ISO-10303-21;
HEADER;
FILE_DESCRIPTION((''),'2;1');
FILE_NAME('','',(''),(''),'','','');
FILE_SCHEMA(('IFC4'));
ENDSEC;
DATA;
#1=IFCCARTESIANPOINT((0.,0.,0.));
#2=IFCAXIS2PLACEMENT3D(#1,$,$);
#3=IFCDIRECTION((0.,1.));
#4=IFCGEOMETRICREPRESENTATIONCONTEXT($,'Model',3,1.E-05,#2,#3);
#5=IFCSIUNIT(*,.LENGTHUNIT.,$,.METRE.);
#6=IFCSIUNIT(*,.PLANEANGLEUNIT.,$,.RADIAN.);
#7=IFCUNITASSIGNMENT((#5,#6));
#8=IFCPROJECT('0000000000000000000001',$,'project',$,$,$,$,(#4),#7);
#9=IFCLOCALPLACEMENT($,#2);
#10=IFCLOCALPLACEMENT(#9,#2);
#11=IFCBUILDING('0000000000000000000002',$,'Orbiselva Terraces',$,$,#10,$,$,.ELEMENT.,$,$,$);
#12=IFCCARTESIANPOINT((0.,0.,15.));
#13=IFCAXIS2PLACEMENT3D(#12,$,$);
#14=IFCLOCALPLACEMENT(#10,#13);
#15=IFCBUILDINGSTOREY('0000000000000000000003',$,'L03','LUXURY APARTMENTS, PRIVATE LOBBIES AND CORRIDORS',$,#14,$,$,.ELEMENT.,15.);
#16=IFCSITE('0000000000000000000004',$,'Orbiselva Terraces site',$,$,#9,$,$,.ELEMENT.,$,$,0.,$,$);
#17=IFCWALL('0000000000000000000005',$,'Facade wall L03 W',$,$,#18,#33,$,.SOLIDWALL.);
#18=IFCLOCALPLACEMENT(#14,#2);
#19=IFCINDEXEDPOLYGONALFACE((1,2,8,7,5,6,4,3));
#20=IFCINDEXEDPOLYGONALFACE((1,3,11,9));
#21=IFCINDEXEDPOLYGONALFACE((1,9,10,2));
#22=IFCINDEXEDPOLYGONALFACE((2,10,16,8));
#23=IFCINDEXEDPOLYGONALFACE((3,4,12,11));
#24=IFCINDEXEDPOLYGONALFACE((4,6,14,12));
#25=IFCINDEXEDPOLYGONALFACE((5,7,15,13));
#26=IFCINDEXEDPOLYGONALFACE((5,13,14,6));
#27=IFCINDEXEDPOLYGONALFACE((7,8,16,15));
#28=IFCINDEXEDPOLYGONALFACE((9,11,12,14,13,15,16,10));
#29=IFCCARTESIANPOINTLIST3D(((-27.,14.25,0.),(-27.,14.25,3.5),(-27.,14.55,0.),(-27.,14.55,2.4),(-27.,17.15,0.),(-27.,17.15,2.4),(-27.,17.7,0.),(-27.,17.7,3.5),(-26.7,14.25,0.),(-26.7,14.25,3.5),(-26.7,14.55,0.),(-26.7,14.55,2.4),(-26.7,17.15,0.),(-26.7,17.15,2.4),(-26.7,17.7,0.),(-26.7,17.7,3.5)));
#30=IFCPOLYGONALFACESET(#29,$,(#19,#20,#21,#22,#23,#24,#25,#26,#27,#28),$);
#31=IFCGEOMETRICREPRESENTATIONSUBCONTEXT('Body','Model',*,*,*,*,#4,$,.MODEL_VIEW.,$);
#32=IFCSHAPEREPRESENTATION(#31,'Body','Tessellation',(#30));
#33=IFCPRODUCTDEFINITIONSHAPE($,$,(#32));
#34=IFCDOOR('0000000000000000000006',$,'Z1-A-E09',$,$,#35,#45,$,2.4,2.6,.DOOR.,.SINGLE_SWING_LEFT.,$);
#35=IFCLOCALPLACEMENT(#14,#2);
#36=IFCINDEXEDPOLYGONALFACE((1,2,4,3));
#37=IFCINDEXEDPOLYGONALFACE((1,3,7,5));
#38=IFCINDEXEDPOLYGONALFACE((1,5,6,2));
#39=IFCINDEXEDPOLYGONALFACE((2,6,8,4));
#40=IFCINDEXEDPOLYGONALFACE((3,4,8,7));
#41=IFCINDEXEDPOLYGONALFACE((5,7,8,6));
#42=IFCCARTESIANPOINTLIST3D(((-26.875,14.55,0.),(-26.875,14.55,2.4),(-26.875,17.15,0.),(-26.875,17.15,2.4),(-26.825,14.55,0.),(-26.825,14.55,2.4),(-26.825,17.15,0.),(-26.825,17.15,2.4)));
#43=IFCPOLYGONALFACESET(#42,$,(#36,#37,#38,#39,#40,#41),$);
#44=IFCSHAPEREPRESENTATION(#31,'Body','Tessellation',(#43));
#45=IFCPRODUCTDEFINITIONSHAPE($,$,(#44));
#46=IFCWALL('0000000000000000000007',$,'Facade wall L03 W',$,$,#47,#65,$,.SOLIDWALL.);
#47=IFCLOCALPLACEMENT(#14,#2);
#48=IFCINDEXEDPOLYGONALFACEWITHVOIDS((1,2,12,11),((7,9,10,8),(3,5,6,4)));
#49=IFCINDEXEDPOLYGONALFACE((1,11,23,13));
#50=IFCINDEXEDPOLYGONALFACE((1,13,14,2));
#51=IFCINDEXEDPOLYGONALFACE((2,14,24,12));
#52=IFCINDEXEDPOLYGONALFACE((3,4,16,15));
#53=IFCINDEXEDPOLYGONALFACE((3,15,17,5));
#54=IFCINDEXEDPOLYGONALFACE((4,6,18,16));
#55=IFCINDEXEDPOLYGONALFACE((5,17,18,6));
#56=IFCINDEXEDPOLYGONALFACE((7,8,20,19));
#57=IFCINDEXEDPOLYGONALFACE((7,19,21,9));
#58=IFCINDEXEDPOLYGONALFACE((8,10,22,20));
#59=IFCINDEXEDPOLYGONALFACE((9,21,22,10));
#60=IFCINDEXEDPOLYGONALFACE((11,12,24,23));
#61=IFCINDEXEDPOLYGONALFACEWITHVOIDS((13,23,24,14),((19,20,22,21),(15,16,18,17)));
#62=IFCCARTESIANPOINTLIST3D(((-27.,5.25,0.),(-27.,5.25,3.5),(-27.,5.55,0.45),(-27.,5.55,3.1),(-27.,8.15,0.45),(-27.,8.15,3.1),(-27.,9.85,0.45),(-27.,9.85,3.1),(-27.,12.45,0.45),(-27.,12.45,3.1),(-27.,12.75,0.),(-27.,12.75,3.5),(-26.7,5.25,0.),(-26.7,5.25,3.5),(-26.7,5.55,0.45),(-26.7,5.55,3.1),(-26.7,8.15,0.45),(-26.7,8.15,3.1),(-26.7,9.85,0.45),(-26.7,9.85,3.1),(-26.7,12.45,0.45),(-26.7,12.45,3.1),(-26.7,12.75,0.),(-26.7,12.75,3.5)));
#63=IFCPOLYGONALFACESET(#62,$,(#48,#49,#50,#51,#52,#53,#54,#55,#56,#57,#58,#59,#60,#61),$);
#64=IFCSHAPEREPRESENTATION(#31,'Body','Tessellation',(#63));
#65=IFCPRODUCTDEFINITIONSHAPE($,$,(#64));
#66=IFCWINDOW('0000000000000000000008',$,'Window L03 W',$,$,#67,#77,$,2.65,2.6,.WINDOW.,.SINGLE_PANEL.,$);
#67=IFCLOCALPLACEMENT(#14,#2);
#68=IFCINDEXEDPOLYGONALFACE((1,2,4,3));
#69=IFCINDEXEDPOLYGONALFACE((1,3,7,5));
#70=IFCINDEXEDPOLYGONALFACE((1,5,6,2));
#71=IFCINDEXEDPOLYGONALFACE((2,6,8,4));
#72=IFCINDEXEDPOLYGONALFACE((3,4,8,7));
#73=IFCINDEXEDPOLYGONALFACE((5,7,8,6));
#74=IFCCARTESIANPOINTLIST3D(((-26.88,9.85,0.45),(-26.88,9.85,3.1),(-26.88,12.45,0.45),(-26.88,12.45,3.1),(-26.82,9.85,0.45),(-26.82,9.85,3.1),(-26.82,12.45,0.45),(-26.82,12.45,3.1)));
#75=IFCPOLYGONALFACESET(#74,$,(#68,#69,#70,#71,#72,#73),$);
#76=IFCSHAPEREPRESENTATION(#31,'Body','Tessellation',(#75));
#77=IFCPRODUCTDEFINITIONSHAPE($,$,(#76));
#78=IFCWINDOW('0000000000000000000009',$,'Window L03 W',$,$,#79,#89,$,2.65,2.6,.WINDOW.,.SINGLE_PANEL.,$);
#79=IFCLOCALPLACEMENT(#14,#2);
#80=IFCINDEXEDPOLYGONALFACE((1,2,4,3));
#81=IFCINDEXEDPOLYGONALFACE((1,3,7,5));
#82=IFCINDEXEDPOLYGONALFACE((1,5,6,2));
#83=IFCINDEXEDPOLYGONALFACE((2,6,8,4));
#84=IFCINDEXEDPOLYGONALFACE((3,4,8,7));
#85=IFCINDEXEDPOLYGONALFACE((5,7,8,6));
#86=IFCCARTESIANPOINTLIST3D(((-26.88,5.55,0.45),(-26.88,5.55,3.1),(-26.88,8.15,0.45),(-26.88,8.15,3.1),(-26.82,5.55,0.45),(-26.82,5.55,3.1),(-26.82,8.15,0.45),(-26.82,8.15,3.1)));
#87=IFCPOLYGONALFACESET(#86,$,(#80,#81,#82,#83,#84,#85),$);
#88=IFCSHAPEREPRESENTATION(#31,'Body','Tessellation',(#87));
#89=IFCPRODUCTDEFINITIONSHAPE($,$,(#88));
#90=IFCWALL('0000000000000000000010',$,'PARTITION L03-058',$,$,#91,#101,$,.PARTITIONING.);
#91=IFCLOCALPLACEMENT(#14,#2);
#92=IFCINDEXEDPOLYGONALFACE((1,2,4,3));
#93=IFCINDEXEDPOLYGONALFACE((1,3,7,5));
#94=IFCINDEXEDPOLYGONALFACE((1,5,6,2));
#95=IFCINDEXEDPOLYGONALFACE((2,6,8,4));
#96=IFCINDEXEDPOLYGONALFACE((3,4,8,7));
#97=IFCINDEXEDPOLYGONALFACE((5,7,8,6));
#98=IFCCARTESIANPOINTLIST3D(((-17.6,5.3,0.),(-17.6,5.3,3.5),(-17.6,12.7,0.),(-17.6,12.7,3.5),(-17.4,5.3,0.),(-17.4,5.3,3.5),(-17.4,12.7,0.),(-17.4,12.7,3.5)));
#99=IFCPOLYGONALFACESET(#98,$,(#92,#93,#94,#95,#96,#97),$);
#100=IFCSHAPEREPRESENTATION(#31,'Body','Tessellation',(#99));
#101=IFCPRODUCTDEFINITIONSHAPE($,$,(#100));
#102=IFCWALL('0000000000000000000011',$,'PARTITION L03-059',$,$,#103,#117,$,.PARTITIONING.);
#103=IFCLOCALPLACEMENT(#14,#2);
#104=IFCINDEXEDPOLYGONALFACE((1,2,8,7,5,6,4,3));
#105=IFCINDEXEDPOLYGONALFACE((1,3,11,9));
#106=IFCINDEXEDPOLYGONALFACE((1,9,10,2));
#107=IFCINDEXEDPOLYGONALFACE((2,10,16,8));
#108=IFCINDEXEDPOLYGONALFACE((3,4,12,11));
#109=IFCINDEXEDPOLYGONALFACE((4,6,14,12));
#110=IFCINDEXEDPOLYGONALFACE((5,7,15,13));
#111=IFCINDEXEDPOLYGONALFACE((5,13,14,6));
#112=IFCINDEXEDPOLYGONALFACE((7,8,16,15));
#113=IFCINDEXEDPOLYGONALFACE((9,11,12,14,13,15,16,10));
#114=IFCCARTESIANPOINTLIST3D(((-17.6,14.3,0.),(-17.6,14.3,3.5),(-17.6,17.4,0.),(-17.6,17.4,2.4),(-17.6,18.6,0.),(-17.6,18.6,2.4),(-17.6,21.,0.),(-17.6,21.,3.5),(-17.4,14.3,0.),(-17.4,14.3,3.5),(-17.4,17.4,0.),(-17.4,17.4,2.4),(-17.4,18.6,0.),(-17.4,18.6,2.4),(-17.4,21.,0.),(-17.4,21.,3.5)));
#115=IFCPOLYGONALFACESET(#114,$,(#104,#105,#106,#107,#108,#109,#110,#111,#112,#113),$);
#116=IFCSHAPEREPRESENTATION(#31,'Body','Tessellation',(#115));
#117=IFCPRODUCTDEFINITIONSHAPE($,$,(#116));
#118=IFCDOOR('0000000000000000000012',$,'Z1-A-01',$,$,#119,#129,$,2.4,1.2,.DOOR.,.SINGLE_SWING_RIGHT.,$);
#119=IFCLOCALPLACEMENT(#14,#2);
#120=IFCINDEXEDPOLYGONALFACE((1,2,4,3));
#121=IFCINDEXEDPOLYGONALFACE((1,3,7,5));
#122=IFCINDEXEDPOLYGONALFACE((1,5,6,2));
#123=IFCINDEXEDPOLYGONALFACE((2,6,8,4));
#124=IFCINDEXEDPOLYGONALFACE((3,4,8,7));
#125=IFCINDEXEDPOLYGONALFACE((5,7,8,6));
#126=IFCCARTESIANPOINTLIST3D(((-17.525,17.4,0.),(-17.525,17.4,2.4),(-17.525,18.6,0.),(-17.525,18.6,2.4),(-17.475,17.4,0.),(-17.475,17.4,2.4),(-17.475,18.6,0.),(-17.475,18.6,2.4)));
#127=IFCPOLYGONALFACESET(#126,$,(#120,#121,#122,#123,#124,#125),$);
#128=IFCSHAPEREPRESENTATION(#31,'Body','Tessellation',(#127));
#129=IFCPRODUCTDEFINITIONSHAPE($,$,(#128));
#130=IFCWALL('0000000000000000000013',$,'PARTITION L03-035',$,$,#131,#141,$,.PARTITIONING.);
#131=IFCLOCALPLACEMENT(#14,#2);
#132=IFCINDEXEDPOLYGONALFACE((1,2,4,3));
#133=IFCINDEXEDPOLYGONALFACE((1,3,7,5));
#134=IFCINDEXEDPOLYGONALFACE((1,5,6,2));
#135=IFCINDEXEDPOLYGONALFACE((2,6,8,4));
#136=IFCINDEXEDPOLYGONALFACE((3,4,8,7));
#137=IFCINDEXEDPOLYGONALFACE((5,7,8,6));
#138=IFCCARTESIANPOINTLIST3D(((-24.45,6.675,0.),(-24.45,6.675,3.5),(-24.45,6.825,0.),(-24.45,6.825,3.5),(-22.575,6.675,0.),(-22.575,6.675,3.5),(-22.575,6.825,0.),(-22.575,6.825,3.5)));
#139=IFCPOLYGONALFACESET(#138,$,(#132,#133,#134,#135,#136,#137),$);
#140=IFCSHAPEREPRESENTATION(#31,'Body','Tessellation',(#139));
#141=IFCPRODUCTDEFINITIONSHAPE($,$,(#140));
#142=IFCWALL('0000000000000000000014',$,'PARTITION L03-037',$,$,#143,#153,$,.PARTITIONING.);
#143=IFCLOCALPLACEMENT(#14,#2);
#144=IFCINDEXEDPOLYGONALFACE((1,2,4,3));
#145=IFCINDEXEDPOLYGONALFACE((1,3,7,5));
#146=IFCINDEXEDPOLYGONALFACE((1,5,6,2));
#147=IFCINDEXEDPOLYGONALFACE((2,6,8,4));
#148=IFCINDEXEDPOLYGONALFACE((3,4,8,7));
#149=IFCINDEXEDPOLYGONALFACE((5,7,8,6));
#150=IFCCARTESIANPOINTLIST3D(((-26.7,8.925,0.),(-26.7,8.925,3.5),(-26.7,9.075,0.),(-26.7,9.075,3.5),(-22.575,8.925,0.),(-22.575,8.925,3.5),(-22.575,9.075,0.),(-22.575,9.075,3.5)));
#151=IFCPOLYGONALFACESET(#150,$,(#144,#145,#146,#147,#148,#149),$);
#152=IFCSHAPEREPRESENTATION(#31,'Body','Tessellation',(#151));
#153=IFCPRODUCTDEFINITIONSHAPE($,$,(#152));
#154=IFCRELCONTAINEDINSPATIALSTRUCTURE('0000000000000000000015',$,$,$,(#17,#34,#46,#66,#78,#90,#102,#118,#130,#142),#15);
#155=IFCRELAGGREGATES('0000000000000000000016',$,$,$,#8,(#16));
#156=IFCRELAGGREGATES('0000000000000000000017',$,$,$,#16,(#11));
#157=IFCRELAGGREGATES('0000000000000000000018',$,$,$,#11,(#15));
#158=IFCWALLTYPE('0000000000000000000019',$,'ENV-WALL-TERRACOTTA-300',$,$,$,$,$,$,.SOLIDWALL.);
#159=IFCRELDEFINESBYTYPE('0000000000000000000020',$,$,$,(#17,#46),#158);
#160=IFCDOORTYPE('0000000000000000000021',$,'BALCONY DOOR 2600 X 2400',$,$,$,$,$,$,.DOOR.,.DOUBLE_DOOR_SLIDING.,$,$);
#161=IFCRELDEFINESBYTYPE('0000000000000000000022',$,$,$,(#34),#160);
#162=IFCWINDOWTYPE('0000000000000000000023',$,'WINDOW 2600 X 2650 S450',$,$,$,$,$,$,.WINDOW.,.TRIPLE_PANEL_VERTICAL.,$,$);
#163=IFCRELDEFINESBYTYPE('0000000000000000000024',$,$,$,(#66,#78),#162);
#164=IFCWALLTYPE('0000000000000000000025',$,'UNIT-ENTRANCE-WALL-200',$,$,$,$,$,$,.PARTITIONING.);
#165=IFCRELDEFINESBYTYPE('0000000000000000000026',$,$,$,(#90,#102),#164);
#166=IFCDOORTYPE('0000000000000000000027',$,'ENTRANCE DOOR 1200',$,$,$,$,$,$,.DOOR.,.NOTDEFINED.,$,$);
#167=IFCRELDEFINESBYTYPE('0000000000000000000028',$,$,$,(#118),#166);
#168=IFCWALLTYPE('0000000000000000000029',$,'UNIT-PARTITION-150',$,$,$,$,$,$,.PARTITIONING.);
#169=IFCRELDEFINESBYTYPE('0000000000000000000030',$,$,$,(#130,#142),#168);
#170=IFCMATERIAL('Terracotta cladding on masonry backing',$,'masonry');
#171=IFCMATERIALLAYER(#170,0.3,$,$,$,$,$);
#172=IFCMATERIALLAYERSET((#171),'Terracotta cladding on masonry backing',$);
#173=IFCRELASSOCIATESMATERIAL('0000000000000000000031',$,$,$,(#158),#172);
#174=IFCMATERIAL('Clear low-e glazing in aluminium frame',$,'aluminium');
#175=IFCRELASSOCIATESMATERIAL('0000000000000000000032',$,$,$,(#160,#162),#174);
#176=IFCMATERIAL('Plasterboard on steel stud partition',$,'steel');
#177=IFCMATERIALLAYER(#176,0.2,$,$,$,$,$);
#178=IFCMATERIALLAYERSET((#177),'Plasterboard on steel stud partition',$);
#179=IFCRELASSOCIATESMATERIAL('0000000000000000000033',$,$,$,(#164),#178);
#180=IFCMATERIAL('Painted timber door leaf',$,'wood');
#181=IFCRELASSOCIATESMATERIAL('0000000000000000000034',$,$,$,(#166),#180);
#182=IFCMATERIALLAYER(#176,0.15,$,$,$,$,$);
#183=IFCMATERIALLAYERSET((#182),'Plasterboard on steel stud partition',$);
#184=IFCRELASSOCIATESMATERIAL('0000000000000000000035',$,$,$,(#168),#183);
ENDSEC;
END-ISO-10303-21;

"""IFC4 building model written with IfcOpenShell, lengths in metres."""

from ifc_helpers import new_model, si_unit, direction, frame, frame_2d, origin, place, context, subcontext, project, spatial, rectangle, extrude, material, layer, layer_set, type_object, element, fill, save


model = new_model("IFC4")

# Units and contexts
model_context = context("Model", 3, precision=1e-05, world=origin(), true_north=direction((0.0, 1.0)))
body_context = subcontext(model_context, "Body", "Model", "MODEL_VIEW")
ifc_project = project(units=[si_unit("LENGTHUNIT", "METRE"), si_unit("PLANEANGLEUNIT", "RADIAN")], contexts=[model_context])

# Site, building, storey
site_placement = place(None, origin())
site = spatial("IfcSite", under=ifc_project, at=site_placement, Name="Orbiselva Terraces site", CompositionType="ELEMENT", RefElevation=0.0)
building_placement = place(site_placement, origin())
building = spatial("IfcBuilding", under=site, at=building_placement, Name="Orbiselva Terraces", CompositionType="ELEMENT")
storey_placement = place(building_placement, frame((0.0, 0.0, 15.0)))
storey = spatial("IfcBuildingStorey", under=building, at=storey_placement, Name="L03", Description="LUXURY APARTMENTS, PRIVATE LOBBIES AND CORRIDORS", CompositionType="ELEMENT", Elevation=15.0)

# Wall, opening, door
ifc_material_1 = material(Name="Terracotta cladding on masonry backing", Category="masonry")
ifc_layer_1 = layer(ifc_material_1, 0.3)
ifc_layer_set_1 = layer_set([ifc_layer_1], Name="Terracotta cladding on masonry backing")
wall_type_1 = type_object("IfcWallType", Name="ENV-WALL-TERRACOTTA-300", PredefinedType="SOLIDWALL", material=ifc_layer_set_1)
wall_1_placement = place(storey_placement, frame((-26.85, 14.25, 0.0), z_axis=(0.0, 0.0, 1.0), x_axis=(0.0, 1.0, 0.0)))
wall_1 = element("IfcWall", 1, at=wall_1_placement, inside=storey, type_object=wall_type_1, Name="Facade wall L03 W", PredefinedType="SOLIDWALL", context=body_context, shape_type="SweptSolid", body=[
    extrude(rectangle(XDim=3.45, YDim=0.3, at=frame_2d((1.725, 0.0))), origin(), (0.0, 0.0, 1.0), 3.5),
])
opening_1_placement = place(wall_1_placement, frame((0.3, 0.0, 0.0)))
opening_1 = element("IfcOpeningElement", 2, at=opening_1_placement, cuts=wall_1, PredefinedType="OPENING", context=body_context, shape_type="SweptSolid", body=[
    extrude(rectangle(XDim=2.6, YDim=2.4, at=frame_2d((1.3, 1.2))), frame((0.0, 0.16, 0.0), z_axis=(0.0, -1.0, 0.0), x_axis=(1.0, 0.0, 0.0)), (0.0, 0.0, 1.0), 0.32),
])
ifc_material_2 = material(Name="Clear low-e glazing in aluminium frame", Category="aluminium")
door_type_1 = type_object("IfcDoorType", Name="BALCONY DOOR 2600 X 2400", OperationType="DOUBLE_DOOR_SLIDING", PredefinedType="DOOR", material=ifc_material_2)
door_1_placement = place(opening_1_placement, origin())
door_1 = element("IfcDoor", 3, at=door_1_placement, inside=storey, type_object=door_type_1, Name="Z1-A-E09", OperationType="SINGLE_SWING_LEFT", OverallHeight=2.4, OverallWidth=2.6, PredefinedType="DOOR", context=body_context, shape_type="SweptSolid", body=[
    extrude(rectangle(XDim=2.6, YDim=2.4, at=frame_2d((1.3, 1.2))), frame((0.0, 0.025, 0.0), z_axis=(0.0, -1.0, 0.0), x_axis=(1.0, 0.0, 0.0)), (0.0, 0.0, 1.0), 0.05),
])
fill(opening_1, door_1)

# Wall, openings, windows
wall_2_placement = place(storey_placement, frame((-26.85, 5.25, 0.0), z_axis=(0.0, 0.0, 1.0), x_axis=(0.0, 1.0, 0.0)))
wall_2 = element("IfcWall", 4, at=wall_2_placement, inside=storey, type_object=wall_type_1, Name="Facade wall L03 W", PredefinedType="SOLIDWALL", context=body_context, shape_type="SweptSolid", body=[
    extrude(rectangle(XDim=7.5, YDim=0.3, at=frame_2d((3.75, 0.0))), origin(), (0.0, 0.0, 1.0), 3.5),
])
opening_2_placement = place(wall_2_placement, frame((4.6, 0.0, 0.45)))
opening_2 = element("IfcOpeningElement", 5, at=opening_2_placement, cuts=wall_2, PredefinedType="OPENING", context=body_context, shape_type="SweptSolid", body=[
    extrude(rectangle(XDim=2.6, YDim=2.65, at=frame_2d((1.3, 1.325))), frame((0.0, 0.16, 0.0), z_axis=(0.0, -1.0, 0.0), x_axis=(1.0, 0.0, 0.0)), (0.0, 0.0, 1.0), 0.32),
])
opening_3_placement = place(wall_2_placement, frame((0.3, 0.0, 0.45)))
opening_3 = element("IfcOpeningElement", 6, at=opening_3_placement, cuts=wall_2, PredefinedType="OPENING", context=body_context, shape_type="SweptSolid", body=[
    extrude(rectangle(XDim=2.6, YDim=2.65, at=frame_2d((1.3, 1.325))), frame((0.0, 0.16, 0.0), z_axis=(0.0, -1.0, 0.0), x_axis=(1.0, 0.0, 0.0)), (0.0, 0.0, 1.0), 0.32),
])
window_type = type_object("IfcWindowType", Name="WINDOW 2600 X 2650 S450", PartitioningType="TRIPLE_PANEL_VERTICAL", PredefinedType="WINDOW", material=ifc_material_2)
window_1_placement = place(opening_2_placement, origin())
window_1 = element("IfcWindow", 7, at=window_1_placement, inside=storey, type_object=window_type, Name="Window L03 W", OverallHeight=2.65, OverallWidth=2.6, PartitioningType="SINGLE_PANEL", PredefinedType="WINDOW", context=body_context, shape_type="SweptSolid", body=[
    extrude(rectangle(XDim=2.6, YDim=2.65, at=frame_2d((1.3, 1.325))), frame((0.0, 0.03, 0.0), z_axis=(0.0, -1.0, 0.0), x_axis=(1.0, 0.0, 0.0)), (0.0, 0.0, 1.0), 0.06),
])
fill(opening_2, window_1)
window_2_placement = place(opening_3_placement, origin())
window_2 = element("IfcWindow", 8, at=window_2_placement, inside=storey, type_object=window_type, Name="Window L03 W", OverallHeight=2.65, OverallWidth=2.6, PartitioningType="SINGLE_PANEL", PredefinedType="WINDOW", context=body_context, shape_type="SweptSolid", body=[
    extrude(rectangle(XDim=2.6, YDim=2.65, at=frame_2d((1.3, 1.325))), frame((0.0, 0.03, 0.0), z_axis=(0.0, -1.0, 0.0), x_axis=(1.0, 0.0, 0.0)), (0.0, 0.0, 1.0), 0.06),
])
fill(opening_3, window_2)

# Wall
ifc_material_3 = material(Name="Plasterboard on steel stud partition", Category="steel")
ifc_layer_2 = layer(ifc_material_3, 0.2)
ifc_layer_set_2 = layer_set([ifc_layer_2], Name="Plasterboard on steel stud partition")
wall_type_2 = type_object("IfcWallType", Name="UNIT-ENTRANCE-WALL-200", PredefinedType="PARTITIONING", material=ifc_layer_set_2)
wall_3_placement = place(storey_placement, frame((-17.5, 5.3, 0.0), z_axis=(0.0, 0.0, 1.0), x_axis=(0.0, 1.0, 0.0)))
element("IfcWall", 9, at=wall_3_placement, inside=storey, type_object=wall_type_2, Name="PARTITION L03-058", PredefinedType="PARTITIONING", context=body_context, shape_type="SweptSolid", body=[
    extrude(rectangle(XDim=7.4, YDim=0.2, at=frame_2d((3.7, 0.0))), origin(), (0.0, 0.0, 1.0), 3.5),
])

# Wall, opening, door
wall_4_placement = place(storey_placement, frame((-17.5, 14.3, 0.0), z_axis=(0.0, 0.0, 1.0), x_axis=(0.0, 1.0, 0.0)))
wall_4 = element("IfcWall", 10, at=wall_4_placement, inside=storey, type_object=wall_type_2, Name="PARTITION L03-059", PredefinedType="PARTITIONING", context=body_context, shape_type="SweptSolid", body=[
    extrude(rectangle(XDim=6.7, YDim=0.2, at=frame_2d((3.35, 0.0))), origin(), (0.0, 0.0, 1.0), 3.5),
])
opening_4_placement = place(wall_4_placement, frame((3.1, 0.0, 0.0)))
opening_4 = element("IfcOpeningElement", 11, at=opening_4_placement, cuts=wall_4, PredefinedType="OPENING", context=body_context, shape_type="SweptSolid", body=[
    extrude(rectangle(XDim=1.2, YDim=2.4, at=frame_2d((0.6, 1.2))), frame((0.0, 0.11, 0.0), z_axis=(0.0, -1.0, 0.0), x_axis=(1.0, 0.0, 0.0)), (0.0, 0.0, 1.0), 0.22),
])
ifc_material_4 = material(Name="Painted timber door leaf", Category="wood")
door_type_2 = type_object("IfcDoorType", Name="ENTRANCE DOOR 1200", OperationType="NOTDEFINED", PredefinedType="DOOR", material=ifc_material_4)
door_2_placement = place(opening_4_placement, origin())
door_2 = element("IfcDoor", 12, at=door_2_placement, inside=storey, type_object=door_type_2, Name="Z1-A-01", OperationType="SINGLE_SWING_RIGHT", OverallHeight=2.4, OverallWidth=1.2, PredefinedType="DOOR", context=body_context, shape_type="SweptSolid", body=[
    extrude(rectangle(XDim=1.2, YDim=2.4, at=frame_2d((0.6, 1.2))), frame((0.0, 0.025, 0.0), z_axis=(0.0, -1.0, 0.0), x_axis=(1.0, 0.0, 0.0)), (0.0, 0.0, 1.0), 0.05),
])
fill(opening_4, door_2)

# Walls
ifc_layer_3 = layer(ifc_material_3, 0.15)
ifc_layer_set_3 = layer_set([ifc_layer_3], Name="Plasterboard on steel stud partition")
wall_type_3 = type_object("IfcWallType", Name="UNIT-PARTITION-150", PredefinedType="PARTITIONING", material=ifc_layer_set_3)
wall_5_placement = place(storey_placement, frame((-24.45, 6.75, 0.0), z_axis=(0.0, 0.0, 1.0), x_axis=(1.0, 0.0, 0.0)))
element("IfcWall", 13, at=wall_5_placement, inside=storey, type_object=wall_type_3, Name="PARTITION L03-035", PredefinedType="PARTITIONING", context=body_context, shape_type="SweptSolid", body=[
    extrude(rectangle(XDim=1.875, YDim=0.15, at=frame_2d((0.9375, 0.0))), origin(), (0.0, 0.0, 1.0), 3.5),
])
wall_6_placement = place(storey_placement, frame((-26.7, 9.0, 0.0), z_axis=(0.0, 0.0, 1.0), x_axis=(1.0, 0.0, 0.0)))
element("IfcWall", 14, at=wall_6_placement, inside=storey, type_object=wall_type_3, Name="PARTITION L03-037", PredefinedType="PARTITIONING", context=body_context, shape_type="SweptSolid", body=[
    extrude(rectangle(XDim=4.125, YDim=0.15, at=frame_2d((2.0625, 0.0))), origin(), (0.0, 0.0, 1.0), 3.5),
])

save(model, "model.ifc")
